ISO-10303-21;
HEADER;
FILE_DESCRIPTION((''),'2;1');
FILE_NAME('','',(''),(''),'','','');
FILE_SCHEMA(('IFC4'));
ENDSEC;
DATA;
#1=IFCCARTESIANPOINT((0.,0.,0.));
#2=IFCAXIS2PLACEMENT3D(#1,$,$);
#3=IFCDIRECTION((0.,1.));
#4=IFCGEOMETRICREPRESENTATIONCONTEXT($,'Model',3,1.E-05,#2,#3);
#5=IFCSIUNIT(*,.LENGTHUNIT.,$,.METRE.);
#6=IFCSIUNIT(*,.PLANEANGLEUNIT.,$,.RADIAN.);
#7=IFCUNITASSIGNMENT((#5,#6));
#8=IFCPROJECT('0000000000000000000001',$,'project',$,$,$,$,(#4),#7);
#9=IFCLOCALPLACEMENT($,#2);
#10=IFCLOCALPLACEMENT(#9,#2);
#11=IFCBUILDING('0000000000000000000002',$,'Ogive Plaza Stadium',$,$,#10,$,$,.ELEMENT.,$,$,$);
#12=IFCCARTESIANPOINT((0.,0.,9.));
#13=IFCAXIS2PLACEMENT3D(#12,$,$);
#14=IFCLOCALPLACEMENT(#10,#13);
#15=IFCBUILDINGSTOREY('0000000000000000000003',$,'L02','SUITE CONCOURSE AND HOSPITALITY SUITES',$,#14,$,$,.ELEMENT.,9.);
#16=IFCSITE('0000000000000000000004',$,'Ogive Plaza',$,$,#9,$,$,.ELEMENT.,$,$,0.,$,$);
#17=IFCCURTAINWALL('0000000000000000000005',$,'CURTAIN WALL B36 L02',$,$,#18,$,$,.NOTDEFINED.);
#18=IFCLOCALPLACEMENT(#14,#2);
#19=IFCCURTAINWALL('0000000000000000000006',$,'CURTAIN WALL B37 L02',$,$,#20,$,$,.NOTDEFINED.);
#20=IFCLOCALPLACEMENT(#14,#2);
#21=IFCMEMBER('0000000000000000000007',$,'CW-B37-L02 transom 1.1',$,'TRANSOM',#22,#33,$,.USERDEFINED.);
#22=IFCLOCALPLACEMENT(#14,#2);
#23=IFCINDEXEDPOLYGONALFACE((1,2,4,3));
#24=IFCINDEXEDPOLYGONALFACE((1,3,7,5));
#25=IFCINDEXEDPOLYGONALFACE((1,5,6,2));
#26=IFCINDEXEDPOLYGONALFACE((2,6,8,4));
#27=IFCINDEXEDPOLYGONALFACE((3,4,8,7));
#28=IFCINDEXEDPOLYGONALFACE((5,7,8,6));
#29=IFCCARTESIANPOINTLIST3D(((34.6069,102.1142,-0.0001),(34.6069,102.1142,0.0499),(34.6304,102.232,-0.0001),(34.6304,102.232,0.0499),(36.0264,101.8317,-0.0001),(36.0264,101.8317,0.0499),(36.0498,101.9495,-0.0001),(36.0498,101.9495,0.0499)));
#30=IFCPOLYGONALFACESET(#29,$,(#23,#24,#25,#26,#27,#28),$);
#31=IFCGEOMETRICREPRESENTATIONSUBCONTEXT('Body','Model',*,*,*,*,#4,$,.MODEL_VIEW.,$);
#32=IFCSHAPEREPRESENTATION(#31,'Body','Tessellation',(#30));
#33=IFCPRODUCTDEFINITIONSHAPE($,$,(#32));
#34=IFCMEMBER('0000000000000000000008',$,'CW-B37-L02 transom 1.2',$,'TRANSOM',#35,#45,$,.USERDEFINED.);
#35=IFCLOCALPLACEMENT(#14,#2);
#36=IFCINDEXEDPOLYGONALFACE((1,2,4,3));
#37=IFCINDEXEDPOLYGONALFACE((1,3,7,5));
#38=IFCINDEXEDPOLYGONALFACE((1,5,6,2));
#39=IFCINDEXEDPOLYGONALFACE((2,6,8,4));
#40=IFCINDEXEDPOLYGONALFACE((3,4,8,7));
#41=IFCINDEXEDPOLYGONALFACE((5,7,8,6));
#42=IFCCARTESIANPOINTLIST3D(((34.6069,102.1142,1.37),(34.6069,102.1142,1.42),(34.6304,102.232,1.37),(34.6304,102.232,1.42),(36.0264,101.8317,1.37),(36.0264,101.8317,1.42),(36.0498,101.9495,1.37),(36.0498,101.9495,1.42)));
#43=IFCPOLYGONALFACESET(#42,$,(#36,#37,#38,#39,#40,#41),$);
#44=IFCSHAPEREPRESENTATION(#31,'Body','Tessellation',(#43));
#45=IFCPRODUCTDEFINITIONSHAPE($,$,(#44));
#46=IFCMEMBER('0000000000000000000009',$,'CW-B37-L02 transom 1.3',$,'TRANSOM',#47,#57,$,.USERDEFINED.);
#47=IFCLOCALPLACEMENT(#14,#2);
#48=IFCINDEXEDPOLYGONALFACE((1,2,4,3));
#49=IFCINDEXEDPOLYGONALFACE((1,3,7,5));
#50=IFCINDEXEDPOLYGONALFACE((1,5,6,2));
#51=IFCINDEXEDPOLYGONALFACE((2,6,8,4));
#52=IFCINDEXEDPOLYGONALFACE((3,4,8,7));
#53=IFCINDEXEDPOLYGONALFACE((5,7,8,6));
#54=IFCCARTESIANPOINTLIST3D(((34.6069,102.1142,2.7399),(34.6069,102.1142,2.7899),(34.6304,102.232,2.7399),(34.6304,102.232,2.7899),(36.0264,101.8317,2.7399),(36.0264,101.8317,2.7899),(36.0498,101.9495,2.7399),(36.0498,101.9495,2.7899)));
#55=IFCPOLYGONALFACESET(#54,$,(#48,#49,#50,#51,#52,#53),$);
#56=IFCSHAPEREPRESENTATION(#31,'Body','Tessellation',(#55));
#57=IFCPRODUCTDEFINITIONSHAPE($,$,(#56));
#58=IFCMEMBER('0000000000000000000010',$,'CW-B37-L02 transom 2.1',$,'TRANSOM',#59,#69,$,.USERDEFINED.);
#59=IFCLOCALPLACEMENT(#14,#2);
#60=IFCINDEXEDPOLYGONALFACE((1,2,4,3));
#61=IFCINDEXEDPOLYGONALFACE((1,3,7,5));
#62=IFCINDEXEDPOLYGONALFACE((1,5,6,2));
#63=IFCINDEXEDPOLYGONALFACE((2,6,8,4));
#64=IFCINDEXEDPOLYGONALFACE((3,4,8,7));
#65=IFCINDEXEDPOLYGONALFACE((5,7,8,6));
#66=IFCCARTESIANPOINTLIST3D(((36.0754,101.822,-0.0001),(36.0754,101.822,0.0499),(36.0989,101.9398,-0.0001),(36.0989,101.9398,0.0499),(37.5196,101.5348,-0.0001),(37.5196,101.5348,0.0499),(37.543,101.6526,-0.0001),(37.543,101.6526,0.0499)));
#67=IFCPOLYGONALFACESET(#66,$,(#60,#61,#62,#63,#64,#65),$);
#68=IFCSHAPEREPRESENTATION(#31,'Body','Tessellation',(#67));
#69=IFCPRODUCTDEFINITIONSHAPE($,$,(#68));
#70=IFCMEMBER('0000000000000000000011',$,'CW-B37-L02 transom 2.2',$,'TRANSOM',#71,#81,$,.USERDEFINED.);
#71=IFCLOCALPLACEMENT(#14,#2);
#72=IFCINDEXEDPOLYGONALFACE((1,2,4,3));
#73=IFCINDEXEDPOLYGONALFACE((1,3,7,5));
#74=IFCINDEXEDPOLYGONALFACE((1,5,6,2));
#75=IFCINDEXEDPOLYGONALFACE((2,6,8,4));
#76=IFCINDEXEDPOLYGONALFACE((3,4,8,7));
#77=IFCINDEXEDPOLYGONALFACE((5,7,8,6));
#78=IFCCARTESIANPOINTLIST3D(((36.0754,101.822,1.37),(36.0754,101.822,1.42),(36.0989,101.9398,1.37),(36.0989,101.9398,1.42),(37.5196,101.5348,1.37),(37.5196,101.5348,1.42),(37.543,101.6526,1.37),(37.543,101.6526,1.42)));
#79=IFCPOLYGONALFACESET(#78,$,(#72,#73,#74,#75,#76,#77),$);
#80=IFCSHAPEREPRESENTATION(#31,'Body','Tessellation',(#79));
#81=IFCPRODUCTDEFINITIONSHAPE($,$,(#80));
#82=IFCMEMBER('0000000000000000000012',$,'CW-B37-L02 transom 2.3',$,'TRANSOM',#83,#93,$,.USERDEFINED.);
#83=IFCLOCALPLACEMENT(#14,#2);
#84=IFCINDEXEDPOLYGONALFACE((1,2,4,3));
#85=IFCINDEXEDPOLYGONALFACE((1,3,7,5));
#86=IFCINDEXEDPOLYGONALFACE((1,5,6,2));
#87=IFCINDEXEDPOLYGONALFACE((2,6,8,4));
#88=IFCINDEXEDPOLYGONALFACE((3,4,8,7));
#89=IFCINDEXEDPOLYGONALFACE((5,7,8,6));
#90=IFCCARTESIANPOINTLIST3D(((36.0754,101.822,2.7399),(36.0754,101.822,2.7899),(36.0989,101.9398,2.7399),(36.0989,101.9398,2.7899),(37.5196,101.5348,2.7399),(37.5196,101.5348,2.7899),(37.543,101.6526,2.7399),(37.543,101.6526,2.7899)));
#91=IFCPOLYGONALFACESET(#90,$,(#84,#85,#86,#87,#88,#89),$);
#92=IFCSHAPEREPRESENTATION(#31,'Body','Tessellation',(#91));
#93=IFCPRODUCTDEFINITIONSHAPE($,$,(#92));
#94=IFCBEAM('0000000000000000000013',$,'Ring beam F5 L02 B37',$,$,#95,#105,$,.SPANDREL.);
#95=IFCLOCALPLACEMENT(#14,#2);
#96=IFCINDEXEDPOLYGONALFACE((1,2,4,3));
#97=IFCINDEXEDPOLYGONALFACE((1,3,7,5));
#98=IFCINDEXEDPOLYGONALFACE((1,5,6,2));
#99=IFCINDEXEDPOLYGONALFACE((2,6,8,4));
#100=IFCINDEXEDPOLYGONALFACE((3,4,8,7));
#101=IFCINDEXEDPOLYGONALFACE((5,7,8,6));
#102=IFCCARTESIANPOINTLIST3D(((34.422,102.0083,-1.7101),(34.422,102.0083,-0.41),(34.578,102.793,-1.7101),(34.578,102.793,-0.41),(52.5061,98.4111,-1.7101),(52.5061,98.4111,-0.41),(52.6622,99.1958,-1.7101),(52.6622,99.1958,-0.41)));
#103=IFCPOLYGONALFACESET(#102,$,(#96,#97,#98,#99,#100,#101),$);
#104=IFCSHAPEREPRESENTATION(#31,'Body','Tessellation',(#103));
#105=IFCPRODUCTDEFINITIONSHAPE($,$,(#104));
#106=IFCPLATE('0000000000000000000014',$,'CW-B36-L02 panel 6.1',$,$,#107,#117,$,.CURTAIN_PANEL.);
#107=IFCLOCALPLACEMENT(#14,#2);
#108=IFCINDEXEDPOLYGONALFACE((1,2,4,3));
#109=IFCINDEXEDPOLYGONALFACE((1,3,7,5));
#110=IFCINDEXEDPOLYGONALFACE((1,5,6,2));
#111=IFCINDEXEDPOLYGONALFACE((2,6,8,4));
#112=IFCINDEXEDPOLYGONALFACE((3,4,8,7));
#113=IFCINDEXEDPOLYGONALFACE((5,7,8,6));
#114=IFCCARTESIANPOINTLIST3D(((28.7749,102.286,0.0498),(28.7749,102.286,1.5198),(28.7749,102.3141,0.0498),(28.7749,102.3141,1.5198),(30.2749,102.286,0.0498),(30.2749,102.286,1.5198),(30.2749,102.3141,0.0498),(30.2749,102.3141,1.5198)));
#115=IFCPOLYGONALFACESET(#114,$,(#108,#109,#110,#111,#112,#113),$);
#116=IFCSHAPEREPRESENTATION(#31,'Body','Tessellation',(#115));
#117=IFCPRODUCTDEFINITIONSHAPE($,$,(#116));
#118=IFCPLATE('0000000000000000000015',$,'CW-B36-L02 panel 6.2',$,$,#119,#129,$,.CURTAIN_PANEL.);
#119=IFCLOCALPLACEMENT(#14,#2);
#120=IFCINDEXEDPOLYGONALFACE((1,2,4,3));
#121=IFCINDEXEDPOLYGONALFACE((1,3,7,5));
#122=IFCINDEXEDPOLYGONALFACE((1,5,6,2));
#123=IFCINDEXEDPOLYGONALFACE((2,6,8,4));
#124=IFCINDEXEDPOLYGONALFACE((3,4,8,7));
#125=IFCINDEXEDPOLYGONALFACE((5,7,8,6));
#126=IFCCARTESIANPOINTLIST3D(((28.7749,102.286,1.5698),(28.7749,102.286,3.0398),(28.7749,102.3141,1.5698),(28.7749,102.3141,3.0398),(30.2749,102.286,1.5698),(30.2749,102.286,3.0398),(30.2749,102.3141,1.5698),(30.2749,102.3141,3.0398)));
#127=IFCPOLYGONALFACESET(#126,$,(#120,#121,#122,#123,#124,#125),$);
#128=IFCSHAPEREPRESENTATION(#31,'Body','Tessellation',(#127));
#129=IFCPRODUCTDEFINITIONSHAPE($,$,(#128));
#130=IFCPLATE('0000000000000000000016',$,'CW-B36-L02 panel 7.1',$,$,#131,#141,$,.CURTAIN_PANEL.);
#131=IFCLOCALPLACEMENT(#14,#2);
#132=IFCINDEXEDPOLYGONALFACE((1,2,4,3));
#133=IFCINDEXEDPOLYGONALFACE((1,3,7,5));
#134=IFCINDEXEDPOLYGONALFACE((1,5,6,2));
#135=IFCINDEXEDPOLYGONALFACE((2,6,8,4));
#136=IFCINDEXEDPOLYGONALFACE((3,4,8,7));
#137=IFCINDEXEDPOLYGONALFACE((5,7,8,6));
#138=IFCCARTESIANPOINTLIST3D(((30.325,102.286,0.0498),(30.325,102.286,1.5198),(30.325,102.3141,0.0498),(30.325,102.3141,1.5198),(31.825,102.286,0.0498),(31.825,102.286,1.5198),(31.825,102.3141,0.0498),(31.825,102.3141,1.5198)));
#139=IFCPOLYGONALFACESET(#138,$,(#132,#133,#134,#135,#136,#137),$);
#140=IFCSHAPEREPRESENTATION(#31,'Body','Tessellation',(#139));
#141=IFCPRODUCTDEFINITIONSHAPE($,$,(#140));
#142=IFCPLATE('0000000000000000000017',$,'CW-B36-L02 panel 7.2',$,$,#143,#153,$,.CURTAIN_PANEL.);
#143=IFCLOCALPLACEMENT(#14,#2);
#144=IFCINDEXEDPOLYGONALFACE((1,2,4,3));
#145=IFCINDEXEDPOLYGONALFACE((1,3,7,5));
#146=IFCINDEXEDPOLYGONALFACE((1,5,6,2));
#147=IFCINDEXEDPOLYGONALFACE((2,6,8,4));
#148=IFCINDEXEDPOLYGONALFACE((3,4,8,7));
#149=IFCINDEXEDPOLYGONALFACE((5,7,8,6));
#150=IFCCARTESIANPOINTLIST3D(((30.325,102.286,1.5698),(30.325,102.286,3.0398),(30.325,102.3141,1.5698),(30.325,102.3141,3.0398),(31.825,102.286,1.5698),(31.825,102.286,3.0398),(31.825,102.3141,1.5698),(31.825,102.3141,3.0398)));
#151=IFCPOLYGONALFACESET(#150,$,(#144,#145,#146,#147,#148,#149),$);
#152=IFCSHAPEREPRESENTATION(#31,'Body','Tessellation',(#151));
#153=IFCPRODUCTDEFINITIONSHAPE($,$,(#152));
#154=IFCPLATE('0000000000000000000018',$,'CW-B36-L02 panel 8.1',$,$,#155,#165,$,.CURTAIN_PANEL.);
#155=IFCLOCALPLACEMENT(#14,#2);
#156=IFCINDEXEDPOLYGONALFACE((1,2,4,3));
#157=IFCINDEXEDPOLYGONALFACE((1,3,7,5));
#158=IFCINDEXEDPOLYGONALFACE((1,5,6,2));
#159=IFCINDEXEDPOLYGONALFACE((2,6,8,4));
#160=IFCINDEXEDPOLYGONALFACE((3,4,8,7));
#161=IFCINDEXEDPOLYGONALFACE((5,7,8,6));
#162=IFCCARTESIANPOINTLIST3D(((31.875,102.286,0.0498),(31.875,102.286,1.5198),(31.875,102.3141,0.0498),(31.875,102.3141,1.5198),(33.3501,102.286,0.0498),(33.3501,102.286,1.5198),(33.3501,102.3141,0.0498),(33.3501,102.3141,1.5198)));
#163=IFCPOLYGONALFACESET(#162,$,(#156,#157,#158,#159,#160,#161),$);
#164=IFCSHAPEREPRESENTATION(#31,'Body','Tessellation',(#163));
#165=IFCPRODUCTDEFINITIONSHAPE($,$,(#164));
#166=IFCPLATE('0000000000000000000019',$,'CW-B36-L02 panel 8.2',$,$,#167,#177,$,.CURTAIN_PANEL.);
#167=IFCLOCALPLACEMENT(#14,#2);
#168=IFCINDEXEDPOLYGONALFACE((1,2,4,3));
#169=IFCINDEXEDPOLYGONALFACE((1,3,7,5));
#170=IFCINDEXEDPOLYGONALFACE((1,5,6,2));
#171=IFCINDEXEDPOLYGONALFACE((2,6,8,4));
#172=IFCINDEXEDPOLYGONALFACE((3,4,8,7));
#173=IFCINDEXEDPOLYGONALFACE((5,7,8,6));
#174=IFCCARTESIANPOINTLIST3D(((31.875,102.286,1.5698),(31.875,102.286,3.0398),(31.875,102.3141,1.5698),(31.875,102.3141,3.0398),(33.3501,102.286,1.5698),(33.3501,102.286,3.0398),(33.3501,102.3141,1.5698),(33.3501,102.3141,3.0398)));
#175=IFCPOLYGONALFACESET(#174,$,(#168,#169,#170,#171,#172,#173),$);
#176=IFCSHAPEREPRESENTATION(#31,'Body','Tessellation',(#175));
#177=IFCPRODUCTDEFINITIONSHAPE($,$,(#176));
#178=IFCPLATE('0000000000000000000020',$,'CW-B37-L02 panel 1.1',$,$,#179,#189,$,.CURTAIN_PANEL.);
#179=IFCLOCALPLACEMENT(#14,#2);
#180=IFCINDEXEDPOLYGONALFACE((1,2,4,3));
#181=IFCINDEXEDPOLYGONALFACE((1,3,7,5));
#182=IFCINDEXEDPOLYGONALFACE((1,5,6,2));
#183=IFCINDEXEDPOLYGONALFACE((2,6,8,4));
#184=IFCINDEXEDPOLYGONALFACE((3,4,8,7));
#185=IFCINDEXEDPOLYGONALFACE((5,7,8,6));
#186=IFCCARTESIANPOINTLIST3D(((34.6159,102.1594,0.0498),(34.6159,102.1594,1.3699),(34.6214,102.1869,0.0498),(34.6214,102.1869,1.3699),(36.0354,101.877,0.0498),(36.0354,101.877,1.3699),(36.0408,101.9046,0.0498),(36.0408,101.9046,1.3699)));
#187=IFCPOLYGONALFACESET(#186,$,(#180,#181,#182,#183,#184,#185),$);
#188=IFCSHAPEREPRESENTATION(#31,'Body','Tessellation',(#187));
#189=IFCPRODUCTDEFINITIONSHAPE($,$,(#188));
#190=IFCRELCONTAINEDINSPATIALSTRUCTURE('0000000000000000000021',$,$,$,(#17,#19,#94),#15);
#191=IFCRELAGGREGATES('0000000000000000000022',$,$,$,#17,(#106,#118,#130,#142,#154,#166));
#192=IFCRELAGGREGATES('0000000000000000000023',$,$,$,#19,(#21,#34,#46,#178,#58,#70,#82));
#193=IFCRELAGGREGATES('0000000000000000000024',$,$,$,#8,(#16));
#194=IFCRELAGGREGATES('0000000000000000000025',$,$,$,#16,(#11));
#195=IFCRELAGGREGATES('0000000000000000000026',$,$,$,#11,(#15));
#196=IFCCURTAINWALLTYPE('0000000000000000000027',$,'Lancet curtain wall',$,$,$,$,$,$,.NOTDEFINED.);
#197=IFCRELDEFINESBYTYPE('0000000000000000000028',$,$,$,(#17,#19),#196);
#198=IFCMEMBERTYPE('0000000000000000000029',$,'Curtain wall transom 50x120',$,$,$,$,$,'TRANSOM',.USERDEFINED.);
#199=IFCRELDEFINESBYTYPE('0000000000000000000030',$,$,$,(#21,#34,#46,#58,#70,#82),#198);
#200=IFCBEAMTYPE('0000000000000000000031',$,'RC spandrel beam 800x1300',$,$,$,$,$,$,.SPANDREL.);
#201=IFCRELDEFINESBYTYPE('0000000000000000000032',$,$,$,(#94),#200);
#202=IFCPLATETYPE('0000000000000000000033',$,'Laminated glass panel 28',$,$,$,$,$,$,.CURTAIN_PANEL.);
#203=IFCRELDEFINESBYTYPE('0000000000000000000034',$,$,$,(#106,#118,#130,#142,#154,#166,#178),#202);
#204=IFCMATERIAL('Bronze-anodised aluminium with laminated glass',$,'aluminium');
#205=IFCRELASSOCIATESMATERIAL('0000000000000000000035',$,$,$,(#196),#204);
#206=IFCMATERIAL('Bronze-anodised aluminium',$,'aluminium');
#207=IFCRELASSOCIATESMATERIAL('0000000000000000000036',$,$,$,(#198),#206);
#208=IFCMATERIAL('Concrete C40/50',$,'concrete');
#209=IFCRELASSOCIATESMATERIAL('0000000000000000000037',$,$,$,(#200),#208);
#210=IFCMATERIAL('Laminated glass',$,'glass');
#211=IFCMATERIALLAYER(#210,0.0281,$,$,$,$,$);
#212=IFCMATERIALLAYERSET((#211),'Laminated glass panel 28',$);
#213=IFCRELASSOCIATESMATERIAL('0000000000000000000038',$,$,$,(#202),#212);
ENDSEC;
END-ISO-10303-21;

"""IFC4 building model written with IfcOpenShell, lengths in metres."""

from ifc_helpers import new_model, si_unit, direction, frame, origin, origin_2d, place, context, subcontext, project, spatial, rectangle, extrude, material, layer, layer_set, material_profile, profile_set, type_object, element, aggregate, save


model = new_model("IFC4")

# Units and contexts
model_context = context("Model", 3, precision=1e-05, world=origin(), true_north=direction((0.0, 1.0)))
body_context = subcontext(model_context, "Body", "Model", "MODEL_VIEW")
ifc_project = project(units=[si_unit("LENGTHUNIT", "METRE"), si_unit("PLANEANGLEUNIT", "RADIAN")], contexts=[model_context])

# Site, building, storey
site_placement = place(None, origin())
site = spatial("IfcSite", under=ifc_project, at=site_placement, Name="Ogive Plaza", CompositionType="ELEMENT", RefElevation=0.0)
building_placement = place(site_placement, origin())
building = spatial("IfcBuilding", under=site, at=building_placement, Name="Ogive Plaza Stadium", CompositionType="ELEMENT")
storey_placement = place(building_placement, frame((0.0, 0.0, 9.0)))
storey = spatial("IfcBuildingStorey", under=building, at=storey_placement, Name="L02", Description="SUITE CONCOURSE AND HOSPITALITY SUITES", CompositionType="ELEMENT", Elevation=9.0)

# Curtain walls
ifc_material_1 = material(Name="Bronze-anodised aluminium with laminated glass", Category="aluminium")
curtain_wall_type = type_object("IfcCurtainWallType", Name="Lancet curtain wall", PredefinedType="NOTDEFINED", material=ifc_material_1)
curtain_wall_1_placement = place(storey_placement, origin())
curtain_wall_1 = element("IfcCurtainWall", 1, at=curtain_wall_1_placement, inside=storey, type_object=curtain_wall_type, Name="CURTAIN WALL B36 L02", PredefinedType="NOTDEFINED")
curtain_wall_2_placement = place(storey_placement, origin())
curtain_wall_2 = element("IfcCurtainWall", 2, at=curtain_wall_2_placement, inside=storey, type_object=curtain_wall_type, Name="CURTAIN WALL B37 L02", PredefinedType="NOTDEFINED")

# Members
ifc_material_2 = material(Name="Bronze-anodised aluminium", Category="aluminium")
ifc_material_profile_1 = material_profile(ifc_material_2, rectangle(XDim=0.1201, YDim=0.05, at=origin_2d()), Name="AL 120x50")
ifc_profile_set_1 = profile_set([ifc_material_profile_1], Name="Bronze-anodised aluminium")
member_type_1 = type_object("IfcMemberType", Name="Curtain wall transom 50x120", ElementType="TRANSOM", PredefinedType="USERDEFINED", material=ifc_profile_set_1)
member_1_placement = place(storey_placement, frame((34.6187, 102.1731, 0.0249), z_axis=(0.980768, -0.195175, 0.0), x_axis=(0.195175, 0.980768, 0.0)))
member_1 = element("IfcMember", 3, at=member_1_placement, type_object=member_type_1, Name="CW-B37-L02 transom 1.1", ObjectType="TRANSOM", PredefinedType="USERDEFINED", context=body_context, shape_type="SweptSolid", body=[
    extrude(rectangle(XDim=0.1201, YDim=0.05, at=origin_2d()), origin(), (0.0, 0.0, 1.0), 1.4473),
])
member_2_placement = place(storey_placement, frame((34.6187, 102.1731, 1.395), z_axis=(0.980768, -0.195175, 0.0), x_axis=(0.195175, 0.980768, 0.0)))
member_2 = element("IfcMember", 4, at=member_2_placement, type_object=member_type_1, Name="CW-B37-L02 transom 1.2", ObjectType="TRANSOM", PredefinedType="USERDEFINED", context=body_context, shape_type="SweptSolid", body=[
    extrude(rectangle(XDim=0.1201, YDim=0.05, at=origin_2d()), origin(), (0.0, 0.0, 1.0), 1.4473),
])
member_3_placement = place(storey_placement, frame((34.6187, 102.1731, 2.7649), z_axis=(0.980768, -0.195175, 0.0), x_axis=(0.195175, 0.980768, 0.0)))
member_3 = element("IfcMember", 5, at=member_3_placement, type_object=member_type_1, Name="CW-B37-L02 transom 1.3", ObjectType="TRANSOM", PredefinedType="USERDEFINED", context=body_context, shape_type="SweptSolid", body=[
    extrude(rectangle(XDim=0.1201, YDim=0.05, at=origin_2d()), origin(), (0.0, 0.0, 1.0), 1.4473),
])
member_4_placement = place(storey_placement, frame((36.0872, 101.8809, 0.0249), z_axis=(0.980803, -0.195, 0.0), x_axis=(0.195, 0.980803, 0.0)))
member_4 = element("IfcMember", 6, at=member_4_placement, type_object=member_type_1, Name="CW-B37-L02 transom 2.1", ObjectType="TRANSOM", PredefinedType="USERDEFINED", context=body_context, shape_type="SweptSolid", body=[
    extrude(rectangle(XDim=0.1201, YDim=0.05, at=origin_2d()), origin(), (0.0, 0.0, 1.0), 1.4724),
])
member_5_placement = place(storey_placement, frame((36.0872, 101.8809, 1.395), z_axis=(0.980803, -0.195, 0.0), x_axis=(0.195, 0.980803, 0.0)))
member_5 = element("IfcMember", 7, at=member_5_placement, type_object=member_type_1, Name="CW-B37-L02 transom 2.2", ObjectType="TRANSOM", PredefinedType="USERDEFINED", context=body_context, shape_type="SweptSolid", body=[
    extrude(rectangle(XDim=0.1201, YDim=0.05, at=origin_2d()), origin(), (0.0, 0.0, 1.0), 1.4724),
])
member_6_placement = place(storey_placement, frame((36.0872, 101.8809, 2.7649), z_axis=(0.980803, -0.195, 0.0), x_axis=(0.195, 0.980803, 0.0)))
member_6 = element("IfcMember", 8, at=member_6_placement, type_object=member_type_1, Name="CW-B37-L02 transom 2.3", ObjectType="TRANSOM", PredefinedType="USERDEFINED", context=body_context, shape_type="SweptSolid", body=[
    extrude(rectangle(XDim=0.1201, YDim=0.05, at=origin_2d()), origin(), (0.0, 0.0, 1.0), 1.4724),
])

# Beam
ifc_material_3 = material(Name="Concrete C40/50", Category="concrete")
ifc_material_profile_2 = material_profile(ifc_material_3, rectangle(XDim=0.8, YDim=1.3, at=origin_2d()), Name="RC 800x1300")
ifc_profile_set_2 = profile_set([ifc_material_profile_2], Name="Concrete C40/50")
beam_type = type_object("IfcBeamType", Name="RC spandrel beam 800x1300", PredefinedType="SPANDREL", material=ifc_profile_set_2)
beam_placement = place(storey_placement, frame((34.5, 102.4006, -1.0601), z_axis=(0.980785, -0.19509, 0.0), x_axis=(0.19509, 0.980785, 0.0)))
element("IfcBeam", 9, at=beam_placement, inside=storey, type_object=beam_type, Name="Ring beam F5 L02 B37", PredefinedType="SPANDREL", context=body_context, shape_type="SweptSolid", body=[
    extrude(rectangle(XDim=0.8, YDim=1.3, at=origin_2d()), origin(), (0.0, 0.0, 1.0), 18.4385),
])

# Plates
ifc_material_4 = material(Name="Laminated glass", Category="glass")
ifc_layer = layer(ifc_material_4, 0.0281)
ifc_layer_set = layer_set([ifc_layer], Name="Laminated glass panel 28")
plate_type = type_object("IfcPlateType", Name="Laminated glass panel 28", PredefinedType="CURTAIN_PANEL", material=ifc_layer_set)
plate_1_placement = place(storey_placement, frame((29.5249, 102.3, 0.0498), z_axis=(0.0, 0.0, 1.0), x_axis=(1.0, 0.0, 0.0)))
plate_1 = element("IfcPlate", 10, at=plate_1_placement, type_object=plate_type, Name="CW-B36-L02 panel 6.1", PredefinedType="CURTAIN_PANEL", context=body_context, shape_type="SweptSolid", body=[
    extrude(rectangle(XDim=1.5, YDim=0.0281, at=origin_2d()), origin(), (0.0, 0.0, 1.0), 1.47),
])
plate_2_placement = place(storey_placement, frame((29.5249, 102.3, 1.5698), z_axis=(0.0, 0.0, 1.0), x_axis=(1.0, 0.0, 0.0)))
plate_2 = element("IfcPlate", 11, at=plate_2_placement, type_object=plate_type, Name="CW-B36-L02 panel 6.2", PredefinedType="CURTAIN_PANEL", context=body_context, shape_type="SweptSolid", body=[
    extrude(rectangle(XDim=1.5, YDim=0.0281, at=origin_2d()), origin(), (0.0, 0.0, 1.0), 1.47),
])
plate_3_placement = place(storey_placement, frame((31.075, 102.3, 0.0498), z_axis=(0.0, 0.0, 1.0), x_axis=(1.0, 0.0, 0.0)))
plate_3 = element("IfcPlate", 12, at=plate_3_placement, type_object=plate_type, Name="CW-B36-L02 panel 7.1", PredefinedType="CURTAIN_PANEL", context=body_context, shape_type="SweptSolid", body=[
    extrude(rectangle(XDim=1.5, YDim=0.0281, at=origin_2d()), origin(), (0.0, 0.0, 1.0), 1.47),
])
plate_4_placement = place(storey_placement, frame((31.075, 102.3, 1.5698), z_axis=(0.0, 0.0, 1.0), x_axis=(1.0, 0.0, 0.0)))
plate_4 = element("IfcPlate", 13, at=plate_4_placement, type_object=plate_type, Name="CW-B36-L02 panel 7.2", PredefinedType="CURTAIN_PANEL", context=body_context, shape_type="SweptSolid", body=[
    extrude(rectangle(XDim=1.5, YDim=0.0281, at=origin_2d()), origin(), (0.0, 0.0, 1.0), 1.47),
])
plate_5_placement = place(storey_placement, frame((32.6125, 102.3, 0.0498), z_axis=(0.0, 0.0, 1.0), x_axis=(1.0, 0.0, 0.0)))
plate_5 = element("IfcPlate", 14, at=plate_5_placement, type_object=plate_type, Name="CW-B36-L02 panel 8.1", PredefinedType="CURTAIN_PANEL", context=body_context, shape_type="SweptSolid", body=[
    extrude(rectangle(XDim=1.4751, YDim=0.0281, at=origin_2d()), origin(), (0.0, 0.0, 1.0), 1.47),
])
plate_6_placement = place(storey_placement, frame((32.6125, 102.3, 1.5698), z_axis=(0.0, 0.0, 1.0), x_axis=(1.0, 0.0, 0.0)))
plate_6 = element("IfcPlate", 15, at=plate_6_placement, type_object=plate_type, Name="CW-B36-L02 panel 8.2", PredefinedType="CURTAIN_PANEL", context=body_context, shape_type="SweptSolid", body=[
    extrude(rectangle(XDim=1.4751, YDim=0.0281, at=origin_2d()), origin(), (0.0, 0.0, 1.0), 1.47),
])
aggregate(curtain_wall_1, [plate_1, plate_2, plate_3, plate_4, plate_5, plate_6])
plate_7_placement = place(storey_placement, frame((35.3284, 102.032, 0.0498), z_axis=(0.0, 0.0, 1.0), x_axis=(0.980785, -0.19509, 0.0)))
plate_7 = element("IfcPlate", 16, at=plate_7_placement, type_object=plate_type, Name="CW-B37-L02 panel 1.1", PredefinedType="CURTAIN_PANEL", context=body_context, shape_type="SweptSolid", body=[
    extrude(rectangle(XDim=1.4473, YDim=0.0281, at=origin_2d()), origin(), (0.0, 0.0, 1.0), 1.3201),
])
aggregate(curtain_wall_2, [member_1, member_2, member_3, plate_7, member_4, member_5, member_6])

save(model, "model.ifc")
